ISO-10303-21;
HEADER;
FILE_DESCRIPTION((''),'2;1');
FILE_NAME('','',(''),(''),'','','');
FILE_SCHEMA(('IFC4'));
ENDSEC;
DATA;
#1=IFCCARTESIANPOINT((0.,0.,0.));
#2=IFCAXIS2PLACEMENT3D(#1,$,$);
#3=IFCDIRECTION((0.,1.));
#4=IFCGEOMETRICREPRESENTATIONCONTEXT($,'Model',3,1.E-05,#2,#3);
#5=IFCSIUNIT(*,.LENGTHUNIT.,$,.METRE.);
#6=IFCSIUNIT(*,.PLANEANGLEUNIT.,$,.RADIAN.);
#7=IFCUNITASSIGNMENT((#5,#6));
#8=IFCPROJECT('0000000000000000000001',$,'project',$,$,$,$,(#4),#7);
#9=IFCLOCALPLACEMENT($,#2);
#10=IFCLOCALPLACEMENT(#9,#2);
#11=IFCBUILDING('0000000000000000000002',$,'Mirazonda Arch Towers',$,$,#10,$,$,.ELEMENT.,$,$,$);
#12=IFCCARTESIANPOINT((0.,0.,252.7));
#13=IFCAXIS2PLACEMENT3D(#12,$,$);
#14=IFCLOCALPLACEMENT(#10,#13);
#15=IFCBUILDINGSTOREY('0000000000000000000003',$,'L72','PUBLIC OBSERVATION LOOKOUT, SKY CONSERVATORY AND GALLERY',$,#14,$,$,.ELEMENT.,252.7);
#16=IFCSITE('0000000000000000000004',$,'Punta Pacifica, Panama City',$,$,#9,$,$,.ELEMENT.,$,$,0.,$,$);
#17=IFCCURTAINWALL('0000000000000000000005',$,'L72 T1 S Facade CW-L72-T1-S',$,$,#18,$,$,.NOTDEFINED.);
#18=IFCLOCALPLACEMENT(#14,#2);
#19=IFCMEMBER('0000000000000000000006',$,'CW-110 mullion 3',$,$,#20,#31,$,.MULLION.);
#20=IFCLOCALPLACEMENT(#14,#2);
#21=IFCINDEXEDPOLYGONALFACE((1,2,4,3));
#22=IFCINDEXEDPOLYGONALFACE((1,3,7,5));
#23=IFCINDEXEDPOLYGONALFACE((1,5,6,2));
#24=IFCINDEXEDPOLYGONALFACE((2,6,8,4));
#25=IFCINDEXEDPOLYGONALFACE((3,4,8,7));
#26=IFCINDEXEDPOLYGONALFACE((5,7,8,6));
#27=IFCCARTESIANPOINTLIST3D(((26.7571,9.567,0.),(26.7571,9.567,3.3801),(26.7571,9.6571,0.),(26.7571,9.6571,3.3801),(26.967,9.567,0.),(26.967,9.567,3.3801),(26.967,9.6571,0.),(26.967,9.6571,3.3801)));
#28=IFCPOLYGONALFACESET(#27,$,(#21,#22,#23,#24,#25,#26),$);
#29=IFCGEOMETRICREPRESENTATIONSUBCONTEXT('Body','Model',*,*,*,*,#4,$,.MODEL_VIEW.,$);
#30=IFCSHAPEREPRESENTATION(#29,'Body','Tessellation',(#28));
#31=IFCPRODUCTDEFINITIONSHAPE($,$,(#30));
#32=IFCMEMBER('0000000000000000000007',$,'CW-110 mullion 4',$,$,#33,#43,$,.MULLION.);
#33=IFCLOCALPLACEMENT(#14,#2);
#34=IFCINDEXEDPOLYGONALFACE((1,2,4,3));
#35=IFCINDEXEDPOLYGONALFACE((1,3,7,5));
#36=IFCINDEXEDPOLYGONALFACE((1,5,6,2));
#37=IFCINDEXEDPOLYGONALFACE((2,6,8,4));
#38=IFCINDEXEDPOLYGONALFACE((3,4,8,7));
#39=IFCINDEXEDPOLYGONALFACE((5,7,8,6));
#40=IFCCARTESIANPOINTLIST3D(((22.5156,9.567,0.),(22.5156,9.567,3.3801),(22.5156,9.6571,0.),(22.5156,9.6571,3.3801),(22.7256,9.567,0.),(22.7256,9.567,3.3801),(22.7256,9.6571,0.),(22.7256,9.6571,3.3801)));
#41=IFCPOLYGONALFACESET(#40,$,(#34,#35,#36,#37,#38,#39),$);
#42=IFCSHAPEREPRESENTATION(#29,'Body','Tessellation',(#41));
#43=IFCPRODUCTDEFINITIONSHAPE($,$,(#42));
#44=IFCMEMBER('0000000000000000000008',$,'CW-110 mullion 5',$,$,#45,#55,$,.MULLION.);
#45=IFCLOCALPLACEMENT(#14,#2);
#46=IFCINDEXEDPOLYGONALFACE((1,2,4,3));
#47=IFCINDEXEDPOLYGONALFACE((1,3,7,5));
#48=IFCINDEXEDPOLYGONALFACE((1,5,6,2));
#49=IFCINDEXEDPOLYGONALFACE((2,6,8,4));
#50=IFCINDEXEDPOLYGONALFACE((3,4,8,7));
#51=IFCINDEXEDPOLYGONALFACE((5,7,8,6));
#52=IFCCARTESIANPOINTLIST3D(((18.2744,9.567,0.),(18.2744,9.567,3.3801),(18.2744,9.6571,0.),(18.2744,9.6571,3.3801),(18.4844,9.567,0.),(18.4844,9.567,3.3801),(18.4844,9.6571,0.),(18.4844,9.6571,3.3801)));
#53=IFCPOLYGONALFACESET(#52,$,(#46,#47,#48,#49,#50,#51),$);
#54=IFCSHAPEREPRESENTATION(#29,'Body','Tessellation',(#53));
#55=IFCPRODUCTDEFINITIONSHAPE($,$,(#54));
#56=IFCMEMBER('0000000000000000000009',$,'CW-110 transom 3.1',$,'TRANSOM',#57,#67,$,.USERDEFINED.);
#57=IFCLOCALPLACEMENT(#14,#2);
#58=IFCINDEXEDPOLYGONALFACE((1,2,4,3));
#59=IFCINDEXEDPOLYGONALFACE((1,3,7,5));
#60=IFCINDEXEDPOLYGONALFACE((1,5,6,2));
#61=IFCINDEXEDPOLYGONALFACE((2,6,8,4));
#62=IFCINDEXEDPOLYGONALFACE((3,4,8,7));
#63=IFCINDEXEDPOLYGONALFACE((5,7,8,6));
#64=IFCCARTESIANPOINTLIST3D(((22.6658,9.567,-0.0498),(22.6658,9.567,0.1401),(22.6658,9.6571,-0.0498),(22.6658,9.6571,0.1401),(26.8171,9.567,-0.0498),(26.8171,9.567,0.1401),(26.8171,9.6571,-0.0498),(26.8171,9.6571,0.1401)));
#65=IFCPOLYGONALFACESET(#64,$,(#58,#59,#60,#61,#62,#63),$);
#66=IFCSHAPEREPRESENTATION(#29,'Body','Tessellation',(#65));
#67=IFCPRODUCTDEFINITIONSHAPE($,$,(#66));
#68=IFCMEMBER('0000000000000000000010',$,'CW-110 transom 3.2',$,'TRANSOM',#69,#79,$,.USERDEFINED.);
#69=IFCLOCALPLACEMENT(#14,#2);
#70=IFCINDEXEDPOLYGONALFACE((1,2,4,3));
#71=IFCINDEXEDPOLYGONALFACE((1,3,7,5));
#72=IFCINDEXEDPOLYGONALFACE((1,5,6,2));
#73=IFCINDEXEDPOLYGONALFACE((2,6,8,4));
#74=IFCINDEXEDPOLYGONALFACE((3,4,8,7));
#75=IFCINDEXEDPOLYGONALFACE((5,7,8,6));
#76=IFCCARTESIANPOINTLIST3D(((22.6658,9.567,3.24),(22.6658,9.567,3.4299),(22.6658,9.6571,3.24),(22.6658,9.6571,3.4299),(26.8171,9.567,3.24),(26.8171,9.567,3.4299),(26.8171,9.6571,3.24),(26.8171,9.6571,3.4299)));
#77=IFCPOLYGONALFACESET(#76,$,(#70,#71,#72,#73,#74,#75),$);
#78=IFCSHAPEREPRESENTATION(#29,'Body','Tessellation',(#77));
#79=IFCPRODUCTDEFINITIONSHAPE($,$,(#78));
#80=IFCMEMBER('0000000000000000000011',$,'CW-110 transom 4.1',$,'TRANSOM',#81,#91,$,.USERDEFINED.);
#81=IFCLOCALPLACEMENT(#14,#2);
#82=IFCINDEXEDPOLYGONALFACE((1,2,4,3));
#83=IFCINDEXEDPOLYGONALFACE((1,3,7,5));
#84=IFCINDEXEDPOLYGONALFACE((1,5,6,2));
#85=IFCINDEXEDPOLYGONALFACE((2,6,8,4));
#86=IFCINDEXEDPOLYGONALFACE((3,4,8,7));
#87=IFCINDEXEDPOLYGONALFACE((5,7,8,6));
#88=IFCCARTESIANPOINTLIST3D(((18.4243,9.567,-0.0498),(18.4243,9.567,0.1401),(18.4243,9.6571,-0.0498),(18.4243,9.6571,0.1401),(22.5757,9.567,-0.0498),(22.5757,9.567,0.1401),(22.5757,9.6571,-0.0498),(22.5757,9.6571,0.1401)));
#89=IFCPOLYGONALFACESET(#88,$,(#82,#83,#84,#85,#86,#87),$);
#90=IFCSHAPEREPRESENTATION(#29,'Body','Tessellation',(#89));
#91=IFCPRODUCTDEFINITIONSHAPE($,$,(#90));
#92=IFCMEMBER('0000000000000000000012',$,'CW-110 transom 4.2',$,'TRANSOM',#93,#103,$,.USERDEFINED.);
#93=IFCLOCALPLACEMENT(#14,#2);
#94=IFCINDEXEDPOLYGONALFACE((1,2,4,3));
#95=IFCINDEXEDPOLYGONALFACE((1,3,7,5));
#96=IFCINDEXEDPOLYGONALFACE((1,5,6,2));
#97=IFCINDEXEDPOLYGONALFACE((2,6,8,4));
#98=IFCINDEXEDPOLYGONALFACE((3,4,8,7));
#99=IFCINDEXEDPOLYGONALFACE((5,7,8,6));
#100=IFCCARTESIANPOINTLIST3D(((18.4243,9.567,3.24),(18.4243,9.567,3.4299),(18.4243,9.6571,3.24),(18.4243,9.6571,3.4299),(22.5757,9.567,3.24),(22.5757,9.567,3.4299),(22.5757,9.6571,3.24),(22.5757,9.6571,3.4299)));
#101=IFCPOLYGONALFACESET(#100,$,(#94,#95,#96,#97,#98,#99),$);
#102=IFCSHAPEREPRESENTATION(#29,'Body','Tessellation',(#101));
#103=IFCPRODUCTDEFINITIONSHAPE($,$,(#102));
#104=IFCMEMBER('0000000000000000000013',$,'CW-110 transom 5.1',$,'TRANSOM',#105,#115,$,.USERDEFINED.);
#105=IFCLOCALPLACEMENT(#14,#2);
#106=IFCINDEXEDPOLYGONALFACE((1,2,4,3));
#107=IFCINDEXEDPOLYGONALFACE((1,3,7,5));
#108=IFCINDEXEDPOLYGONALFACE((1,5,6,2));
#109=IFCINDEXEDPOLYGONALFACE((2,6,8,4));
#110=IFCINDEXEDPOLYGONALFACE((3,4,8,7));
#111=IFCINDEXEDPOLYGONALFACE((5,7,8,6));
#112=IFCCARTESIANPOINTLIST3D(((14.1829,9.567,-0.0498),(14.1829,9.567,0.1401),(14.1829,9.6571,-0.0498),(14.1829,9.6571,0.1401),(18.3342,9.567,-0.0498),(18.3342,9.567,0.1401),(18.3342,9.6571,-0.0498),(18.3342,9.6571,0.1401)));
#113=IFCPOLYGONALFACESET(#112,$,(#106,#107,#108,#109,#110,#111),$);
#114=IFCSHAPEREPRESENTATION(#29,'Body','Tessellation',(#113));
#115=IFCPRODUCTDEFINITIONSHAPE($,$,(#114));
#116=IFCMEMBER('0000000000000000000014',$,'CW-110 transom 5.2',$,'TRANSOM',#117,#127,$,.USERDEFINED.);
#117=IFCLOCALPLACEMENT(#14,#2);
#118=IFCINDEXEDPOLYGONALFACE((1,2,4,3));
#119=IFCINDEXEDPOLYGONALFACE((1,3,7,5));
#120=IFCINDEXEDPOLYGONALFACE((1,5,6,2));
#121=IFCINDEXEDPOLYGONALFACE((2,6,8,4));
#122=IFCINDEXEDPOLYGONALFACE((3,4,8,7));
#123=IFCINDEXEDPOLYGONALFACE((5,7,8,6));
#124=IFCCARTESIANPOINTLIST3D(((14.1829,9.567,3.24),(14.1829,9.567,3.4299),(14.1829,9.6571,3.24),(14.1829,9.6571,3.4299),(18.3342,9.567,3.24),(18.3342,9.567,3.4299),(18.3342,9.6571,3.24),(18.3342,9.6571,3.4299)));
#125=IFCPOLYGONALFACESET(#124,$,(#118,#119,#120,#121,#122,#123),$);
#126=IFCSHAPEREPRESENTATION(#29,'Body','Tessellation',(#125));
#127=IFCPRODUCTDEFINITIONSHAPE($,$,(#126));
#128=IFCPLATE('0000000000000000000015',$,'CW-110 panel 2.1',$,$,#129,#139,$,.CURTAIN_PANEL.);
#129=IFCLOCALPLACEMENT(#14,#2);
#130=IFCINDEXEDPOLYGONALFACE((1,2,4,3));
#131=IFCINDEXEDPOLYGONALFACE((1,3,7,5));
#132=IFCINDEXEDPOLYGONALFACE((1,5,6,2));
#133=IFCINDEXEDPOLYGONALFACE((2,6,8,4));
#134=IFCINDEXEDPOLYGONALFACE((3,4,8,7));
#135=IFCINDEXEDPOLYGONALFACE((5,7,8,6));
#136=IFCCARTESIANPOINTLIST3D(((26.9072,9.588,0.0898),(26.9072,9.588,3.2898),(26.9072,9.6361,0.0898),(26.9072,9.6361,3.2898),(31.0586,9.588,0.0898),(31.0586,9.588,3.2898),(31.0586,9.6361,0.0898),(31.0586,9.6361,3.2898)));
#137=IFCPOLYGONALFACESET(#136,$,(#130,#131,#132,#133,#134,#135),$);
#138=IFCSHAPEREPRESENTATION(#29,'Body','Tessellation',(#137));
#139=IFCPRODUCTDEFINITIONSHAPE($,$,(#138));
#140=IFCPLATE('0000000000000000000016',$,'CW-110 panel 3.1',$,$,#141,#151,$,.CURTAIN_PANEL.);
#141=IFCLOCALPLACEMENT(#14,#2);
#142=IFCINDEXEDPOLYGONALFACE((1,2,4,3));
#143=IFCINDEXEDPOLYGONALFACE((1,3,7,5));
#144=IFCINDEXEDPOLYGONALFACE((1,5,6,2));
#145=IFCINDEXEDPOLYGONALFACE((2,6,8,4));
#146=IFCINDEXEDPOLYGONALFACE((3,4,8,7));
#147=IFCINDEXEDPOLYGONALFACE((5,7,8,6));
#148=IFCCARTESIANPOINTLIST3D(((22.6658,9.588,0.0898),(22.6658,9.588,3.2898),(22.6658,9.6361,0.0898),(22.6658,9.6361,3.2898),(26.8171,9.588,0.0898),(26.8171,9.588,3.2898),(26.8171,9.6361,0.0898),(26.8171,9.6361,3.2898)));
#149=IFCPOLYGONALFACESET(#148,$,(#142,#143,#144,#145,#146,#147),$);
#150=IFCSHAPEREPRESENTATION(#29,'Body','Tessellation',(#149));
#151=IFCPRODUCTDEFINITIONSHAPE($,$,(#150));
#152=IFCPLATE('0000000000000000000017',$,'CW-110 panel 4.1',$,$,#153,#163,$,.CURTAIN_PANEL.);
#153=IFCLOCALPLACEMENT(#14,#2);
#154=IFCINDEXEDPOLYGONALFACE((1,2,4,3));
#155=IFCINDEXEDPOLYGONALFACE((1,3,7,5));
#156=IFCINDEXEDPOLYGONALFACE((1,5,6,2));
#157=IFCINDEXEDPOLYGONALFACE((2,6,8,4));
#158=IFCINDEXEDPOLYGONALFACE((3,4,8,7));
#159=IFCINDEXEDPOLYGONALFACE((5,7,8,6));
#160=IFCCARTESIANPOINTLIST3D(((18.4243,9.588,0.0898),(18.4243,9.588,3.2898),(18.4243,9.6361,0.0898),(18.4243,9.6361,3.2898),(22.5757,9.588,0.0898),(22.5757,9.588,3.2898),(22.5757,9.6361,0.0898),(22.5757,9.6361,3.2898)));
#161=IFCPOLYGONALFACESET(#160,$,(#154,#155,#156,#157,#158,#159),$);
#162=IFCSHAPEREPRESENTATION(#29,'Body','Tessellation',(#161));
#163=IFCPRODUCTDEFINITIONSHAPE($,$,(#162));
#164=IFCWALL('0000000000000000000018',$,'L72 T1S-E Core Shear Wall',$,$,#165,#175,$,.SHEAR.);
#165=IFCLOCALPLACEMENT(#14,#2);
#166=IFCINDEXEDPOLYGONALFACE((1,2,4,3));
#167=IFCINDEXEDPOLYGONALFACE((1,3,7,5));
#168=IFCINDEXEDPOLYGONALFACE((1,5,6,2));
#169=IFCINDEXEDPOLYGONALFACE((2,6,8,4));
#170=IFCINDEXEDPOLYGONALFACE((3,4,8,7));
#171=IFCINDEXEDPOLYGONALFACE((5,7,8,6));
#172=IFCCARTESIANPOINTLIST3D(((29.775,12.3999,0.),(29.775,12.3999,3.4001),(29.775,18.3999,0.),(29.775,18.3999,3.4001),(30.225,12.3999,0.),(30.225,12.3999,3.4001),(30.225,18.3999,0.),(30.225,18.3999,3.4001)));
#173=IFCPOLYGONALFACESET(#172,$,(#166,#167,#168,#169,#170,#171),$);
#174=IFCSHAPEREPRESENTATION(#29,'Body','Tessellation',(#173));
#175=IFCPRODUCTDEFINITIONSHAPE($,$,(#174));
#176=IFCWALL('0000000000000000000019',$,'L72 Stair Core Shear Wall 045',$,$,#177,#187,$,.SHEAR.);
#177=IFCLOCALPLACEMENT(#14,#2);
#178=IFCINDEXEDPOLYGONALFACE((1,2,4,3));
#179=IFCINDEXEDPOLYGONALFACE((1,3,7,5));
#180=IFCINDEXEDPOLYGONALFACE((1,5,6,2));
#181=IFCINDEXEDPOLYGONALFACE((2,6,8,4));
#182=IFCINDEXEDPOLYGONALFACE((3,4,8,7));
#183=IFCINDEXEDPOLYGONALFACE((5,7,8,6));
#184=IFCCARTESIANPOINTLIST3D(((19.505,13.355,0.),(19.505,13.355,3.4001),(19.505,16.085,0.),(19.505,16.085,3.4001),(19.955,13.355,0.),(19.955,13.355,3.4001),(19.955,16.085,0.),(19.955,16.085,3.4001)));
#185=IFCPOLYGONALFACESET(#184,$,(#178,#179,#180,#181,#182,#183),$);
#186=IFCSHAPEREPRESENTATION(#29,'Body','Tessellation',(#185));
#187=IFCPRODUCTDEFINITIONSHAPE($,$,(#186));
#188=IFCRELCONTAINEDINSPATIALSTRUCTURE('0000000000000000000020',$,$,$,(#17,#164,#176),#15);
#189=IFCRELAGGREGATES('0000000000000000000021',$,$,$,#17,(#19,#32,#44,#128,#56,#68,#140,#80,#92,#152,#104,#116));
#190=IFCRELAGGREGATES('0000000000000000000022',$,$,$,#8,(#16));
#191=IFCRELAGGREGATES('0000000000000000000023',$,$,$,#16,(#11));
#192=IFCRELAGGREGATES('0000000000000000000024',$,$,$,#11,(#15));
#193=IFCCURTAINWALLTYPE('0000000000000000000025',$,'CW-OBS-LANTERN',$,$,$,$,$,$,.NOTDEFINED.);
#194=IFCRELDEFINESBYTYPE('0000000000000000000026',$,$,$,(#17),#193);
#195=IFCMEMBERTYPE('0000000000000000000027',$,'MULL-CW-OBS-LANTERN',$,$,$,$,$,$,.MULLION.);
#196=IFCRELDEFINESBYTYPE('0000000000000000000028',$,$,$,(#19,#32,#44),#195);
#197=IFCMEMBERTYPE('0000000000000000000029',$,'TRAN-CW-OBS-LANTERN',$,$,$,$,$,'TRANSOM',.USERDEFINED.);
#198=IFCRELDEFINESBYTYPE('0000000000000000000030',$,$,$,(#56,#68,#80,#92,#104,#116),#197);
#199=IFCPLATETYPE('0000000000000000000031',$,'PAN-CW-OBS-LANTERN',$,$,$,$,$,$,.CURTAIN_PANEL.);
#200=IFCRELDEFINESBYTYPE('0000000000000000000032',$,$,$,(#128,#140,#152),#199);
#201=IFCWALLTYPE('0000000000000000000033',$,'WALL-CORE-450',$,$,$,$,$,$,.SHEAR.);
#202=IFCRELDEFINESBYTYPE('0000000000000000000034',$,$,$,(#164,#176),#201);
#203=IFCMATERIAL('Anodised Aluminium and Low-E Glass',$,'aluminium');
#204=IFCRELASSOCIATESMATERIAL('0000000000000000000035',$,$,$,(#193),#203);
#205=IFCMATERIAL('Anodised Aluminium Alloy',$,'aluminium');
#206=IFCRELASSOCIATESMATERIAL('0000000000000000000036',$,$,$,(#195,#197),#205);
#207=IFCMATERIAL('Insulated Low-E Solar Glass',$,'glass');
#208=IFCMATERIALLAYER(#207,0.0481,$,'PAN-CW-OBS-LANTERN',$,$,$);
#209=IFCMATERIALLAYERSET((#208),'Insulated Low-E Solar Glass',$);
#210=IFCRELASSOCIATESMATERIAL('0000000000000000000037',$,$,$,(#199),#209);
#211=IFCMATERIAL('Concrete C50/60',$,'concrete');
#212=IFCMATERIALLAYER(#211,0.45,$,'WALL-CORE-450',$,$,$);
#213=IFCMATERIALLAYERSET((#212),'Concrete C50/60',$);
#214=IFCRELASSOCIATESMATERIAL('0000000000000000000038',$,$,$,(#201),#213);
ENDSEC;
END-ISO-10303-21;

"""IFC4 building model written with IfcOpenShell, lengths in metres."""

from ifc_helpers import new_model, si_unit, direction, frame, frame_2d, origin, origin_2d, place, context, subcontext, project, spatial, rectangle, extrude, material, layer, layer_set, material_profile, profile_set, type_object, element, aggregate, save


model = new_model("IFC4")

# Units and contexts
model_context = context("Model", 3, precision=1e-05, world=origin(), true_north=direction((0.0, 1.0)))
body_context = subcontext(model_context, "Body", "Model", "MODEL_VIEW")
ifc_project = project(units=[si_unit("LENGTHUNIT", "METRE"), si_unit("PLANEANGLEUNIT", "RADIAN")], contexts=[model_context])

# Site, building, storey
site_placement = place(None, origin())
site = spatial("IfcSite", under=ifc_project, at=site_placement, Name="Punta Pacifica, Panama City", CompositionType="ELEMENT", RefElevation=0.0)
building_placement = place(site_placement, origin())
building = spatial("IfcBuilding", under=site, at=building_placement, Name="Mirazonda Arch Towers", CompositionType="ELEMENT")
storey_placement = place(building_placement, frame((0.0, 0.0, 252.7)))
storey = spatial("IfcBuildingStorey", under=building, at=storey_placement, Name="L72", Description="PUBLIC OBSERVATION LOOKOUT, SKY CONSERVATORY AND GALLERY", CompositionType="ELEMENT", Elevation=252.7)

# Shared definitions
ifc_material_1 = material(Name="Concrete C50/60", Category="concrete")

# Curtain wall, members, plates
ifc_material_2 = material(Name="Anodised Aluminium and Low-E Glass", Category="aluminium")
curtain_wall_type = type_object("IfcCurtainWallType", Name="CW-OBS-LANTERN", PredefinedType="NOTDEFINED", material=ifc_material_2)
curtain_wall_placement = place(storey_placement, origin())
curtain_wall = element("IfcCurtainWall", 1, at=curtain_wall_placement, inside=storey, type_object=curtain_wall_type, Name="L72 T1 S Facade CW-L72-T1-S", PredefinedType="NOTDEFINED")
ifc_material_3 = material(Name="Anodised Aluminium Alloy", Category="aluminium")
ifc_material_profile_1 = material_profile(ifc_material_3, rectangle(XDim=0.0901, YDim=0.21, at=origin_2d()), Name="ALU-MULL-90x210")
ifc_profile_set_1 = profile_set([ifc_material_profile_1], Name="Anodised Aluminium Alloy")
member_type_1 = type_object("IfcMemberType", Name="MULL-CW-OBS-LANTERN", PredefinedType="MULLION", material=ifc_profile_set_1)
member_1_placement = place(storey_placement, frame((26.8621, 9.6121, 0.0), z_axis=(0.0, 0.0, 1.0), x_axis=(0.0, -1.0, 0.0)))
member_1 = element("IfcMember", 2, at=member_1_placement, type_object=member_type_1, Name="CW-110 mullion 3", PredefinedType="MULLION", context=body_context, shape_type="SweptSolid", body=[
    extrude(rectangle(XDim=0.0901, YDim=0.21, at=origin_2d()), origin(), (0.0, 0.0, 1.0), 3.3801),
])
member_2_placement = place(storey_placement, frame((22.6206, 9.6121, 0.0), z_axis=(0.0, 0.0, 1.0), x_axis=(0.0, -1.0, 0.0)))
member_2 = element("IfcMember", 3, at=member_2_placement, type_object=member_type_1, Name="CW-110 mullion 4", PredefinedType="MULLION", context=body_context, shape_type="SweptSolid", body=[
    extrude(rectangle(XDim=0.0901, YDim=0.21, at=origin_2d()), origin(), (0.0, 0.0, 1.0), 3.3801),
])
member_3_placement = place(storey_placement, frame((18.3794, 9.6121, 0.0), z_axis=(0.0, 0.0, 1.0), x_axis=(0.0, -1.0, 0.0)))
member_3 = element("IfcMember", 4, at=member_3_placement, type_object=member_type_1, Name="CW-110 mullion 5", PredefinedType="MULLION", context=body_context, shape_type="SweptSolid", body=[
    extrude(rectangle(XDim=0.0901, YDim=0.21, at=origin_2d()), origin(), (0.0, 0.0, 1.0), 3.3801),
])
ifc_material_profile_2 = material_profile(ifc_material_3, rectangle(XDim=0.0901, YDim=0.1899, at=origin_2d()), Name="ALU-TRAN-90x190")
ifc_profile_set_2 = profile_set([ifc_material_profile_2], Name="Anodised Aluminium Alloy")
member_type_2 = type_object("IfcMemberType", Name="TRAN-CW-OBS-LANTERN", ElementType="TRANSOM", PredefinedType="USERDEFINED", material=ifc_profile_set_2)
member_4_placement = place(storey_placement, frame((26.8171, 9.6121, 0.0452), z_axis=(-1.0, 0.0, 0.0), x_axis=(0.0, -1.0, 0.0)))
member_4 = element("IfcMember", 5, at=member_4_placement, type_object=member_type_2, Name="CW-110 transom 3.1", ObjectType="TRANSOM", PredefinedType="USERDEFINED", context=body_context, shape_type="SweptSolid", body=[
    extrude(rectangle(XDim=0.0901, YDim=0.1899, at=origin_2d()), origin(), (0.0, 0.0, 1.0), 4.1514),
])
member_5_placement = place(storey_placement, frame((26.8171, 9.6121, 3.335), z_axis=(-1.0, 0.0, 0.0), x_axis=(0.0, -1.0, 0.0)))
member_5 = element("IfcMember", 6, at=member_5_placement, type_object=member_type_2, Name="CW-110 transom 3.2", ObjectType="TRANSOM", PredefinedType="USERDEFINED", context=body_context, shape_type="SweptSolid", body=[
    extrude(rectangle(XDim=0.0901, YDim=0.1899, at=origin_2d()), origin(), (0.0, 0.0, 1.0), 4.1514),
])
member_6_placement = place(storey_placement, frame((22.5757, 9.6121, 0.0452), z_axis=(-1.0, 0.0, 0.0), x_axis=(0.0, -1.0, 0.0)))
member_6 = element("IfcMember", 7, at=member_6_placement, type_object=member_type_2, Name="CW-110 transom 4.1", ObjectType="TRANSOM", PredefinedType="USERDEFINED", context=body_context, shape_type="SweptSolid", body=[
    extrude(rectangle(XDim=0.0901, YDim=0.1899, at=origin_2d()), origin(), (0.0, 0.0, 1.0), 4.1514),
])
member_7_placement = place(storey_placement, frame((22.5757, 9.6121, 3.335), z_axis=(-1.0, 0.0, 0.0), x_axis=(0.0, -1.0, 0.0)))
member_7 = element("IfcMember", 8, at=member_7_placement, type_object=member_type_2, Name="CW-110 transom 4.2", ObjectType="TRANSOM", PredefinedType="USERDEFINED", context=body_context, shape_type="SweptSolid", body=[
    extrude(rectangle(XDim=0.0901, YDim=0.1899, at=origin_2d()), origin(), (0.0, 0.0, 1.0), 4.1514),
])
member_8_placement = place(storey_placement, frame((18.3342, 9.6121, 0.0452), z_axis=(-1.0, 0.0, 0.0), x_axis=(0.0, -1.0, 0.0)))
member_8 = element("IfcMember", 9, at=member_8_placement, type_object=member_type_2, Name="CW-110 transom 5.1", ObjectType="TRANSOM", PredefinedType="USERDEFINED", context=body_context, shape_type="SweptSolid", body=[
    extrude(rectangle(XDim=0.0901, YDim=0.1899, at=origin_2d()), origin(), (0.0, 0.0, 1.0), 4.1514),
])
member_9_placement = place(storey_placement, frame((18.3342, 9.6121, 3.335), z_axis=(-1.0, 0.0, 0.0), x_axis=(0.0, -1.0, 0.0)))
member_9 = element("IfcMember", 10, at=member_9_placement, type_object=member_type_2, Name="CW-110 transom 5.2", ObjectType="TRANSOM", PredefinedType="USERDEFINED", context=body_context, shape_type="SweptSolid", body=[
    extrude(rectangle(XDim=0.0901, YDim=0.1899, at=origin_2d()), origin(), (0.0, 0.0, 1.0), 4.1514),
])
ifc_material_4 = material(Name="Insulated Low-E Solar Glass", Category="glass")
ifc_layer_1 = layer(ifc_material_4, 0.0481, Name="PAN-CW-OBS-LANTERN")
ifc_layer_set_1 = layer_set([ifc_layer_1], Name="Insulated Low-E Solar Glass")
plate_type = type_object("IfcPlateType", Name="PAN-CW-OBS-LANTERN", PredefinedType="CURTAIN_PANEL", material=ifc_layer_set_1)
plate_1_placement = place(storey_placement, frame((28.9829, 9.6121, 0.0898), z_axis=(0.0, 0.0, 1.0), x_axis=(-1.0, 0.0, 0.0)))
plate_1 = element("IfcPlate", 11, at=plate_1_placement, type_object=plate_type, Name="CW-110 panel 2.1", PredefinedType="CURTAIN_PANEL", context=body_context, shape_type="SweptSolid", body=[
    extrude(rectangle(XDim=4.1514, YDim=0.0481, at=origin_2d()), origin(), (0.0, 0.0, 1.0), 3.2),
])
plate_2_placement = place(storey_placement, frame((24.7415, 9.6121, 0.0898), z_axis=(0.0, 0.0, 1.0), x_axis=(-1.0, 0.0, 0.0)))
plate_2 = element("IfcPlate", 12, at=plate_2_placement, type_object=plate_type, Name="CW-110 panel 3.1", PredefinedType="CURTAIN_PANEL", context=body_context, shape_type="SweptSolid", body=[
    extrude(rectangle(XDim=4.1514, YDim=0.0481, at=origin_2d()), origin(), (0.0, 0.0, 1.0), 3.2),
])
plate_3_placement = place(storey_placement, frame((20.5, 9.6121, 0.0898), z_axis=(0.0, 0.0, 1.0), x_axis=(-1.0, 0.0, 0.0)))
plate_3 = element("IfcPlate", 13, at=plate_3_placement, type_object=plate_type, Name="CW-110 panel 4.1", PredefinedType="CURTAIN_PANEL", context=body_context, shape_type="SweptSolid", body=[
    extrude(rectangle(XDim=4.1514, YDim=0.0481, at=origin_2d()), origin(), (0.0, 0.0, 1.0), 3.2),
])
aggregate(curtain_wall, [member_1, member_2, member_3, plate_1, member_4, member_5, plate_2, member_6, member_7, plate_3, member_8, member_9])

# Walls
ifc_layer_2 = layer(ifc_material_1, 0.45, Name="WALL-CORE-450")
ifc_layer_set_2 = layer_set([ifc_layer_2], Name="Concrete C50/60")
wall_type_1 = type_object("IfcWallType", Name="WALL-CORE-450", PredefinedType="SHEAR", material=ifc_layer_set_2)
wall_1_placement = place(storey_placement, frame((30.0, 12.3999, 0.0), z_axis=(0.0, 0.0, 1.0), x_axis=(0.0, 1.0, 0.0)))
element("IfcWall", 14, at=wall_1_placement, inside=storey, type_object=wall_type_1, Name="L72 T1S-E Core Shear Wall", PredefinedType="SHEAR", context=body_context, shape_type="SweptSolid", body=[
    extrude(rectangle(XDim=6.0, YDim=0.45, at=frame_2d((3.0, 0.0))), origin(), (0.0, 0.0, 1.0), 3.4001),
])
wall_2_placement = place(storey_placement, frame((19.73, 13.355, 0.0), z_axis=(0.0, 0.0, 1.0), x_axis=(0.0, 1.0, 0.0)))
element("IfcWall", 15, at=wall_2_placement, inside=storey, type_object=wall_type_1, Name="L72 Stair Core Shear Wall 045", PredefinedType="SHEAR", context=body_context, shape_type="SweptSolid", body=[
    extrude(rectangle(XDim=2.73, YDim=0.45, at=frame_2d((1.365, 0.0))), origin(), (0.0, 0.0, 1.0), 3.4001),
])

save(model, "model.ifc")
